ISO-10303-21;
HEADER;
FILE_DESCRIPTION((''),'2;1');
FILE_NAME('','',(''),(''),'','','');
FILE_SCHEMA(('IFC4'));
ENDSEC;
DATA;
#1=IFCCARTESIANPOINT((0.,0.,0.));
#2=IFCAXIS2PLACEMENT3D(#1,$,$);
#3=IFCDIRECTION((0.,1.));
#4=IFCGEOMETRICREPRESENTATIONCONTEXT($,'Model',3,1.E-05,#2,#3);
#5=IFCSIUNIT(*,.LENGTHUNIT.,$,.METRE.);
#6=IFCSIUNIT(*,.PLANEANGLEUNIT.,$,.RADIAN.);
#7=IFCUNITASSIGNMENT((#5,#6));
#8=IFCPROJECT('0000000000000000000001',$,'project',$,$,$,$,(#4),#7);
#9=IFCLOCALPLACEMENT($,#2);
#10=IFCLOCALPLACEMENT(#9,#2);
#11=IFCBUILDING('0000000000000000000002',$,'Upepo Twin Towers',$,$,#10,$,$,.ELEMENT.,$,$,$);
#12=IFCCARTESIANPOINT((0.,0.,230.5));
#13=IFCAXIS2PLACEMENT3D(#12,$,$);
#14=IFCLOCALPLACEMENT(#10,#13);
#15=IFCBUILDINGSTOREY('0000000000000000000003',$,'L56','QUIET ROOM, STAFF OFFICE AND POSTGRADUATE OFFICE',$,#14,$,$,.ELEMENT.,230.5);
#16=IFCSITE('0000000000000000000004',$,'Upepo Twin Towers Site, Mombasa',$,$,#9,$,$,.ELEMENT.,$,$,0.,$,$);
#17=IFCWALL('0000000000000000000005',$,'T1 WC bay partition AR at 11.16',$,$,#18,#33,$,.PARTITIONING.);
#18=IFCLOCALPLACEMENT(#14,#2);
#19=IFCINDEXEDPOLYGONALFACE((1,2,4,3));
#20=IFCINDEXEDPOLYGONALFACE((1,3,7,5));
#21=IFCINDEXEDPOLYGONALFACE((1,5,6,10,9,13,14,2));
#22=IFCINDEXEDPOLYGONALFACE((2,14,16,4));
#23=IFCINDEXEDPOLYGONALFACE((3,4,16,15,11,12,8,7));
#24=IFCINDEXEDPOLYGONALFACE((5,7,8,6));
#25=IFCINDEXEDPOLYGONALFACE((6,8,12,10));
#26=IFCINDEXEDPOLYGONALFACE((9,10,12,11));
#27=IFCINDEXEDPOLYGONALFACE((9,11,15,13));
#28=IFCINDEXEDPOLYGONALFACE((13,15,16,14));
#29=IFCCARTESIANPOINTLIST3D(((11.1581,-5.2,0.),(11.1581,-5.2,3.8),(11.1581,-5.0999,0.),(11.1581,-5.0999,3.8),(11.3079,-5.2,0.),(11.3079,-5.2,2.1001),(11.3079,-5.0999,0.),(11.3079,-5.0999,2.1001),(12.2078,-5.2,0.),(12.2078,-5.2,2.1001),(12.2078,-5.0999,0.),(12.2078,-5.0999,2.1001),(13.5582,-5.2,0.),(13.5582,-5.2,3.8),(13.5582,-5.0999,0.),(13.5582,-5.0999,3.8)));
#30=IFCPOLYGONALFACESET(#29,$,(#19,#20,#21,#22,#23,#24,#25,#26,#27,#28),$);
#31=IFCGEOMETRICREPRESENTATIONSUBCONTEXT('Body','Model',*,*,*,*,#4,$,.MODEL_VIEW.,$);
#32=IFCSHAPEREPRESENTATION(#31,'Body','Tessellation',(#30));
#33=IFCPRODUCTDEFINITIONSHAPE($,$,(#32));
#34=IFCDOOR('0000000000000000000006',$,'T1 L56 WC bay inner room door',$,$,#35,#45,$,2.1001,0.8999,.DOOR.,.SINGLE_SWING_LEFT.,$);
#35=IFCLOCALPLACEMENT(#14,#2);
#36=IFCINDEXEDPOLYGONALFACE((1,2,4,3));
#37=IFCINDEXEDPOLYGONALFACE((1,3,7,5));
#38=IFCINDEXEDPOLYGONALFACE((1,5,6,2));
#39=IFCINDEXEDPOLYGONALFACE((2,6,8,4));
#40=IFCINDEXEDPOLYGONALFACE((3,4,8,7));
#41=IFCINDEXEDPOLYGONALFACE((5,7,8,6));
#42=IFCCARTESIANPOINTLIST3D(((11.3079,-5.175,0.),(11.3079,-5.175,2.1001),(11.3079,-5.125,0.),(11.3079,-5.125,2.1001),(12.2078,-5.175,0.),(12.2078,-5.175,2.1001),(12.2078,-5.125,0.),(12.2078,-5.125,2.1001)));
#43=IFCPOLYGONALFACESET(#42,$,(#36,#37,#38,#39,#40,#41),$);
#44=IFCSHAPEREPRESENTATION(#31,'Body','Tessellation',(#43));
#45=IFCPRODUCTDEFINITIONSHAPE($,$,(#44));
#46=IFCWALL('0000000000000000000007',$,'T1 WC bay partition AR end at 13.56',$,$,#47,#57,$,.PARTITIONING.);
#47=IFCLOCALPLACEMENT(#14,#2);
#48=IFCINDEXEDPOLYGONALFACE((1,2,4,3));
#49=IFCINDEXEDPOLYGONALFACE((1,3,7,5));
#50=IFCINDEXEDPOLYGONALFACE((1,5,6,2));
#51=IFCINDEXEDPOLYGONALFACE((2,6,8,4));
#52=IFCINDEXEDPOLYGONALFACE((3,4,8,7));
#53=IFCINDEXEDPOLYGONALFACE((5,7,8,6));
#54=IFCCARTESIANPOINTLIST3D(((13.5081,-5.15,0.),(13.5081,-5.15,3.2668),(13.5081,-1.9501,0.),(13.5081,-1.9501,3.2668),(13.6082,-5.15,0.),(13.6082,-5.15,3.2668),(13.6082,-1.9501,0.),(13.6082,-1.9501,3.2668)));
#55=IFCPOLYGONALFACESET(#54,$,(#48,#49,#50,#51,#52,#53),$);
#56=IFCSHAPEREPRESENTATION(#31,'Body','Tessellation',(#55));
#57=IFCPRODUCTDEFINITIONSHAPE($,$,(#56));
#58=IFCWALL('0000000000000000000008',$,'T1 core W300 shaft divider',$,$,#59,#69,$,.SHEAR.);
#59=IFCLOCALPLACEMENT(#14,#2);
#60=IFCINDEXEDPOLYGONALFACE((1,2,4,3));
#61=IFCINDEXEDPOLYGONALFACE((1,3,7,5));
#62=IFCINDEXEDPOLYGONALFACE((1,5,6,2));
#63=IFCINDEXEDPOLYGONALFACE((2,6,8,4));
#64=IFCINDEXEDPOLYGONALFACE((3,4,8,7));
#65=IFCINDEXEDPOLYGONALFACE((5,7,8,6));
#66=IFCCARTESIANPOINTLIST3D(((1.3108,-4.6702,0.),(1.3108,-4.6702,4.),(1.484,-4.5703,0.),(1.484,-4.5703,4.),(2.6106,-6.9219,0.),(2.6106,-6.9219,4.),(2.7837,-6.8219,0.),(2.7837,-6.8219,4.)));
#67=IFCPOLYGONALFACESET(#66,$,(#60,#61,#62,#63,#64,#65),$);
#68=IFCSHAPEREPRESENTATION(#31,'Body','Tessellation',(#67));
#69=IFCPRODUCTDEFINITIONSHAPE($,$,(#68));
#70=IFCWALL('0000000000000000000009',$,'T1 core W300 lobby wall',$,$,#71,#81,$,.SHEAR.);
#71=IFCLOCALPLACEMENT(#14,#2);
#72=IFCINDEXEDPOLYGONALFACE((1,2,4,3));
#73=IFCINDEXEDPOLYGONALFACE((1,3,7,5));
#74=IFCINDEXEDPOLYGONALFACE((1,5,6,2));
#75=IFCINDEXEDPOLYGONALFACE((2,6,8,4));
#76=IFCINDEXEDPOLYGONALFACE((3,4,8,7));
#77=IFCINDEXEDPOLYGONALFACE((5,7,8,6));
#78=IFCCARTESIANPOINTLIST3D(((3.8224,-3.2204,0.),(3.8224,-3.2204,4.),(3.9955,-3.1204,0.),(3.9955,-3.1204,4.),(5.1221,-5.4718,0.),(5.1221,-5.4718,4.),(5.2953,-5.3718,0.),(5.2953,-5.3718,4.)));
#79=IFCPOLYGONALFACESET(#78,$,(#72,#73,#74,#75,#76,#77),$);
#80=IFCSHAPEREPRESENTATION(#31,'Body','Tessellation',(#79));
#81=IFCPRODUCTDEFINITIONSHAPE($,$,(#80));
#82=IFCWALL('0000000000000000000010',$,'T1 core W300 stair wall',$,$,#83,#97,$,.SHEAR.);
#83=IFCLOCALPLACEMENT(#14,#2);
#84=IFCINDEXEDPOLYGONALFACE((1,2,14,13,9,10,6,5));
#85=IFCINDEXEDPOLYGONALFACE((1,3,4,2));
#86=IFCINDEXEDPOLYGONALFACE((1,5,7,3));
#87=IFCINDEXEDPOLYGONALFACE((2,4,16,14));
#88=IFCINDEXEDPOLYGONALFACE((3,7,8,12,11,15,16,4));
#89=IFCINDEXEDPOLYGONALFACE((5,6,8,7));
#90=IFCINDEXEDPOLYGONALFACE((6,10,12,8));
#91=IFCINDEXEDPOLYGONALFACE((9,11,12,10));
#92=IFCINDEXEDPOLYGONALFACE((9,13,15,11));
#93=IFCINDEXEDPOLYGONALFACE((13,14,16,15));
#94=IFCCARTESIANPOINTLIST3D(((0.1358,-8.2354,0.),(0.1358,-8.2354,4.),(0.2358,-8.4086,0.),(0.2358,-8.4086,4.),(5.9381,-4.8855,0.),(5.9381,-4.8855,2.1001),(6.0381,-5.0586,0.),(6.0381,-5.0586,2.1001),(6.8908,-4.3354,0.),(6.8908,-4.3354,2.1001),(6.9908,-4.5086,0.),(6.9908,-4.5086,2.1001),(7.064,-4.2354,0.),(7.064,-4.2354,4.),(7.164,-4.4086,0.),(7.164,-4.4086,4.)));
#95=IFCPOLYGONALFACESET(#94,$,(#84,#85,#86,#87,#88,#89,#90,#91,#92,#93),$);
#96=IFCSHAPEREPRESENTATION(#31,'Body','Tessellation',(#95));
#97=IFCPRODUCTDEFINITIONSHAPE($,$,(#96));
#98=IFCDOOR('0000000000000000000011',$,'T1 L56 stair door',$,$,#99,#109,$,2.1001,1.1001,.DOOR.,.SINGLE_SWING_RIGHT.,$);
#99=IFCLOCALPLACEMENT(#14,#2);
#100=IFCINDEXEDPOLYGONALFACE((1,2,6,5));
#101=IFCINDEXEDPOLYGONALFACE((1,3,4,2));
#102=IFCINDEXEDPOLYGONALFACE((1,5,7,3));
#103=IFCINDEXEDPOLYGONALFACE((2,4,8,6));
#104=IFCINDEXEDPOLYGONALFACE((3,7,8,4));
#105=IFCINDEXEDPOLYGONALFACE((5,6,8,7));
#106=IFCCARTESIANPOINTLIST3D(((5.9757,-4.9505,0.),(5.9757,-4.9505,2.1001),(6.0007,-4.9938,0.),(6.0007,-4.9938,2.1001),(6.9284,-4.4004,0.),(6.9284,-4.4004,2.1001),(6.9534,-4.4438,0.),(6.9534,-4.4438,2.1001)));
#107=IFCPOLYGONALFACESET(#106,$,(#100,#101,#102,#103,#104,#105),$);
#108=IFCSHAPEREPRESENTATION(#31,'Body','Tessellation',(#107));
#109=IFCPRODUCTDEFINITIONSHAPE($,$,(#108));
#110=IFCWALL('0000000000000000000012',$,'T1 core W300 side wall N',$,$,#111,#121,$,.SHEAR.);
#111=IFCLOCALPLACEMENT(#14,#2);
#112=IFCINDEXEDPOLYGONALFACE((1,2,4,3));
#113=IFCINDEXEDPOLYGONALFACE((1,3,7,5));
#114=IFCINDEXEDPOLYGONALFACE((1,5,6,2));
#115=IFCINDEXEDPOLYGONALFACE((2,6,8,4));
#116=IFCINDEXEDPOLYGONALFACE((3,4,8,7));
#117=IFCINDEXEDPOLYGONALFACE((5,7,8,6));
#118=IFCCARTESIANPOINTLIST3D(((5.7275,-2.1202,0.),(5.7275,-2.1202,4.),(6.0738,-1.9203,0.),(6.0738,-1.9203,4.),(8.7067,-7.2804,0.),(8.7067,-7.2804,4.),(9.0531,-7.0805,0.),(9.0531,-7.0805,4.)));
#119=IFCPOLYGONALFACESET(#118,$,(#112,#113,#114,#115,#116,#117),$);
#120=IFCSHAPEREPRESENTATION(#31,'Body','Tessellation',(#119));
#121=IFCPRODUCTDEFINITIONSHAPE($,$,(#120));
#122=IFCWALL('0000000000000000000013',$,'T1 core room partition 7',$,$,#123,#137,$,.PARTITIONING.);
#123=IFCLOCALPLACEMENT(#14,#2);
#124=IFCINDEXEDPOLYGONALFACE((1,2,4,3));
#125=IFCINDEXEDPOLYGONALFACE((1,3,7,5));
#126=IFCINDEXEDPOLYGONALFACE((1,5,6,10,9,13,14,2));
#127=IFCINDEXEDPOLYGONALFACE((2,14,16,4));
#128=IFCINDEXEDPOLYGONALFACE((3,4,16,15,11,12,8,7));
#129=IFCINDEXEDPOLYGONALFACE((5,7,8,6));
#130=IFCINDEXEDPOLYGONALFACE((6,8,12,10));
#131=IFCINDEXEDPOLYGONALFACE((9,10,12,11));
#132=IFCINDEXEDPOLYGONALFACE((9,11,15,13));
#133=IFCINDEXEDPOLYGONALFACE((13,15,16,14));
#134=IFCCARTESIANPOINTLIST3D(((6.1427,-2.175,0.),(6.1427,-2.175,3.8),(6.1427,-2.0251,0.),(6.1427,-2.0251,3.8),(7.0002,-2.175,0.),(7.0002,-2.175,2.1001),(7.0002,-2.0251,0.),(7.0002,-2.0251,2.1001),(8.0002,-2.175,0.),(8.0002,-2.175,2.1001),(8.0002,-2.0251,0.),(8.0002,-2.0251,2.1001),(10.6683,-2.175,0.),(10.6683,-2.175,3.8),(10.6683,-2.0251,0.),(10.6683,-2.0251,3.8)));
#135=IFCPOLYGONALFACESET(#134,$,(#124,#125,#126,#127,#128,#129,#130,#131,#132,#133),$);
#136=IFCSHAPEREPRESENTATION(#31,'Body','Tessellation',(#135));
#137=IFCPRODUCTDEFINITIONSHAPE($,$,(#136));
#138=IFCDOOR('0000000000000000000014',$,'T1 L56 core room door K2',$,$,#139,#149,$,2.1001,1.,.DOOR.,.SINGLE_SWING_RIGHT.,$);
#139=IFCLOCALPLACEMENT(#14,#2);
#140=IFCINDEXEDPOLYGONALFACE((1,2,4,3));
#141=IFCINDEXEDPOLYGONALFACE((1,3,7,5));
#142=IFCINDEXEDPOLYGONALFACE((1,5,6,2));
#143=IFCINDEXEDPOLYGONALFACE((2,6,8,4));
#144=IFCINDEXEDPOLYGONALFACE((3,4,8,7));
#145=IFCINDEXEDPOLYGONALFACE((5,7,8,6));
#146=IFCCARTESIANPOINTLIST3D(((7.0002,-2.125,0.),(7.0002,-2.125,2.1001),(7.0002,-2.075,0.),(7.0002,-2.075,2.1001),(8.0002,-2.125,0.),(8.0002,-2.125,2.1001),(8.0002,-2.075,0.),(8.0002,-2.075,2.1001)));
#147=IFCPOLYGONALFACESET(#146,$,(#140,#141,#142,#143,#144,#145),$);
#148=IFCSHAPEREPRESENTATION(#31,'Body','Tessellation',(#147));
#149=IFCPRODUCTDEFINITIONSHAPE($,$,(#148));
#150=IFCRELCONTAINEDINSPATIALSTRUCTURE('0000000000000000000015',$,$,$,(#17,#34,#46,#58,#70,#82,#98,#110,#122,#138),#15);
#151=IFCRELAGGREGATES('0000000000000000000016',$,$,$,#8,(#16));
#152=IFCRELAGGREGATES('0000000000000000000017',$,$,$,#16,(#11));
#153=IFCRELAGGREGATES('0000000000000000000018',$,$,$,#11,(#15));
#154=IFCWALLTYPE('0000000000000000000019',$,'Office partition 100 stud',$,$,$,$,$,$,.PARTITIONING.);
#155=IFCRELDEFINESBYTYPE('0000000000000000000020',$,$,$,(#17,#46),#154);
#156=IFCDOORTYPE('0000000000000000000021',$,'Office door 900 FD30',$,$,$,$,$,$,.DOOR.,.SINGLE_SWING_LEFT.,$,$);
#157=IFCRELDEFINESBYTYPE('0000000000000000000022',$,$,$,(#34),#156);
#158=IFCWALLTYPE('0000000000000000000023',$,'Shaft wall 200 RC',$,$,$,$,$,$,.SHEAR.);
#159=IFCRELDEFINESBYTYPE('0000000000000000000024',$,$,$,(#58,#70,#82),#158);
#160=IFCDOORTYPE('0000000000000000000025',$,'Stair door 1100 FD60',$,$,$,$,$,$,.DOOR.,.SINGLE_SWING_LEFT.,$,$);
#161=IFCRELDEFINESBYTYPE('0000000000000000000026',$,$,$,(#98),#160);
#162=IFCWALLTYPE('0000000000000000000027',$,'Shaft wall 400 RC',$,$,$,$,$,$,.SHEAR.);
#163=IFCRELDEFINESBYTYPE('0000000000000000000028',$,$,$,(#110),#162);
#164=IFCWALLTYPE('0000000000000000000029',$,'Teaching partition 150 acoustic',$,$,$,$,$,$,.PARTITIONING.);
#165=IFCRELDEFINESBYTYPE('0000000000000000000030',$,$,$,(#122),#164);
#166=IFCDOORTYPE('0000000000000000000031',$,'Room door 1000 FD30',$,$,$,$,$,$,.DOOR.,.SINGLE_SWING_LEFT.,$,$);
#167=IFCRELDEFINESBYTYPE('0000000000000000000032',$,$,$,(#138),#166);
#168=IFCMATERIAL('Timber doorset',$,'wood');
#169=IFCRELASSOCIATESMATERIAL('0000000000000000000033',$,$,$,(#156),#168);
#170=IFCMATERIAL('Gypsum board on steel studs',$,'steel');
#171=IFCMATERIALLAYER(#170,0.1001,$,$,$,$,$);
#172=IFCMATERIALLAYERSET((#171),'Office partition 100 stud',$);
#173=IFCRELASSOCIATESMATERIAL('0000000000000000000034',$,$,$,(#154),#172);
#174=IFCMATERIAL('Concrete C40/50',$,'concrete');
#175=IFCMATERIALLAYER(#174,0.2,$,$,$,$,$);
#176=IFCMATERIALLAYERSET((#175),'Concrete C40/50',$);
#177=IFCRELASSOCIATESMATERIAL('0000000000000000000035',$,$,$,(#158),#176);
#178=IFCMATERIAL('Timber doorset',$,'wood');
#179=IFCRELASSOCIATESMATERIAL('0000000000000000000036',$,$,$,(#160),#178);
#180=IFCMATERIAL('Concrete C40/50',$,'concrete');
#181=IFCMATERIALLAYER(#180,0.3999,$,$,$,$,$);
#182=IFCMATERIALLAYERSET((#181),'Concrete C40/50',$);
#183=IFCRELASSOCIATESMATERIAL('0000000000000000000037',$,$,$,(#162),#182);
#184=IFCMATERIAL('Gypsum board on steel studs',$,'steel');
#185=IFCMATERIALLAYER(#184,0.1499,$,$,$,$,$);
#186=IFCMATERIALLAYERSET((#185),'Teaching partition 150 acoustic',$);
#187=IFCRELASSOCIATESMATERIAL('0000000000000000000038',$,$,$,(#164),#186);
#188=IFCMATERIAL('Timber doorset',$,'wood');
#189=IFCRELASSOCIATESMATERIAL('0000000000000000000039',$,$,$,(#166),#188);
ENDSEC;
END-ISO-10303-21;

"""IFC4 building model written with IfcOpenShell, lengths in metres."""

from ifc_helpers import new_model, si_unit, direction, frame, frame_2d, origin, place, context, subcontext, project, spatial, rectangle, extrude, material, layer, layer_set, type_object, element, fill, save


model = new_model("IFC4")

# Units and contexts
model_context = context("Model", 3, precision=1e-05, world=origin(), true_north=direction((0.0, 1.0)))
body_context = subcontext(model_context, "Body", "Model", "MODEL_VIEW")
ifc_project = project(units=[si_unit("LENGTHUNIT", "METRE"), si_unit("PLANEANGLEUNIT", "RADIAN")], contexts=[model_context])

# Site, building, storey
site_placement = place(None, origin())
site = spatial("IfcSite", under=ifc_project, at=site_placement, Name="Upepo Twin Towers Site, Mombasa", CompositionType="ELEMENT", RefElevation=0.0)
building_placement = place(site_placement, origin())
building = spatial("IfcBuilding", under=site, at=building_placement, Name="Upepo Twin Towers", CompositionType="ELEMENT")
storey_placement = place(building_placement, frame((0.0, 0.0, 230.5)))
storey = spatial("IfcBuildingStorey", under=building, at=storey_placement, Name="L56", Description="QUIET ROOM, STAFF OFFICE AND POSTGRADUATE OFFICE", CompositionType="ELEMENT", Elevation=230.5)

# Shared definitions
ifc_material_1 = material(Name="Timber doorset", Category="wood")
door_type_1 = type_object("IfcDoorType", Name="Office door 900 FD30", OperationType="SINGLE_SWING_LEFT", PredefinedType="DOOR", material=ifc_material_1)

# Shared definitions
ifc_material_2 = material(Name="Gypsum board on steel studs", Category="steel")
ifc_layer_1 = layer(ifc_material_2, 0.1001)
ifc_layer_set_1 = layer_set([ifc_layer_1], Name="Office partition 100 stud")
wall_type_1 = type_object("IfcWallType", Name="Office partition 100 stud", PredefinedType="PARTITIONING", material=ifc_layer_set_1)

# Wall, opening, door
wall_1_placement = place(storey_placement, frame((11.158, -5.1499, 0.0), z_axis=(0.0, 0.0, 1.0), x_axis=(1.0, 0.0, 0.0)))
wall_1 = element("IfcWall", 1, at=wall_1_placement, inside=storey, type_object=wall_type_1, Name="T1 WC bay partition AR at 11.16", PredefinedType="PARTITIONING", context=body_context, shape_type="SweptSolid", body=[
    extrude(rectangle(XDim=2.4001, YDim=0.1001, at=frame_2d((1.2002, 0.0))), origin(), (0.0, 0.0, 1.0), 3.8),
])
opening_1_placement = place(wall_1_placement, frame((0.1499, 0.0, 0.0)))
opening_1 = element("IfcOpeningElement", 2, at=opening_1_placement, cuts=wall_1, PredefinedType="OPENING", context=body_context, shape_type="SweptSolid", body=[
    extrude(rectangle(XDim=0.8999, YDim=2.1001, at=frame_2d((0.45, 1.05))), frame((0.0, 0.0601, 0.0), z_axis=(0.0, -1.0, 0.0), x_axis=(1.0, 0.0, 0.0)), (0.0, 0.0, 1.0), 0.1201),
])
door_1_placement = place(opening_1_placement, origin())
door_1 = element("IfcDoor", 3, at=door_1_placement, inside=storey, type_object=door_type_1, Name="T1 L56 WC bay inner room door", OperationType="SINGLE_SWING_LEFT", OverallHeight=2.1001, OverallWidth=0.8999, PredefinedType="DOOR", context=body_context, shape_type="SweptSolid", body=[
    extrude(rectangle(XDim=0.8999, YDim=2.1001, at=frame_2d((0.45, 1.05))), frame((0.0, 0.0249, 0.0), z_axis=(0.0, -1.0, 0.0), x_axis=(1.0, 0.0, 0.0)), (0.0, 0.0, 1.0), 0.05),
])
fill(opening_1, door_1)

# Walls
wall_2_placement = place(storey_placement, frame((13.5581, -1.95, 0.0), z_axis=(0.0, 0.0, 1.0), x_axis=(0.0, -1.0, 0.0)))
element("IfcWall", 4, at=wall_2_placement, inside=storey, type_object=wall_type_1, Name="T1 WC bay partition AR end at 13.56", PredefinedType="PARTITIONING", context=body_context, shape_type="SweptSolid", body=[
    extrude(rectangle(XDim=3.2, YDim=0.1001, at=frame_2d((1.6001, 0.0))), origin(), (0.0, 0.0, 1.0), 3.2668),
])
ifc_material_3 = material(Name="Concrete C40/50", Category="concrete")
ifc_layer_2 = layer(ifc_material_3, 0.2)
ifc_layer_set_2 = layer_set([ifc_layer_2], Name="Concrete C40/50")
wall_type_2 = type_object("IfcWallType", Name="Shaft wall 200 RC", PredefinedType="SHEAR", material=ifc_layer_set_2)
wall_3_placement = place(storey_placement, frame((1.3975, -4.6204, 0.0), z_axis=(0.0, 0.0, 1.0), x_axis=(0.499937, -0.866062, 0.0)))
element("IfcWall", 5, at=wall_3_placement, inside=storey, type_object=wall_type_2, Name="T1 core W300 shaft divider", PredefinedType="SHEAR", context=body_context, shape_type="SweptSolid", body=[
    extrude(rectangle(XDim=2.5999, YDim=0.2, at=frame_2d((1.2998, 0.0))), origin(), (0.0, 0.0, 1.0), 4.0),
])
wall_4_placement = place(storey_placement, frame((3.9089, -3.1704, 0.0), z_axis=(0.0, 0.0, 1.0), x_axis=(0.499977, -0.866039, 0.0)))
element("IfcWall", 6, at=wall_4_placement, inside=storey, type_object=wall_type_2, Name="T1 core W300 lobby wall", PredefinedType="SHEAR", context=body_context, shape_type="SweptSolid", body=[
    extrude(rectangle(XDim=2.5996, YDim=0.2, at=frame_2d((1.2998, 0.0))), origin(), (0.0, 0.0, 1.0), 4.0),
])

# Wall, opening, door
wall_5_placement = place(storey_placement, frame((0.1858, -8.322, 0.0), z_axis=(0.0, 0.0, 1.0), x_axis=(0.866026, 0.499999, 0.0)))
wall_5 = element("IfcWall", 7, at=wall_5_placement, inside=storey, type_object=wall_type_2, Name="T1 core W300 stair wall", PredefinedType="SHEAR", context=body_context, shape_type="SweptSolid", body=[
    extrude(rectangle(XDim=8.0, YDim=0.2, at=frame_2d((4.0, 0.0))), origin(), (0.0, 0.0, 1.0), 4.0),
])
opening_2_placement = place(wall_5_placement, frame((6.7, 0.0, 0.0)))
opening_2 = element("IfcOpeningElement", 8, at=opening_2_placement, cuts=wall_5, PredefinedType="OPENING", context=body_context, shape_type="SweptSolid", body=[
    extrude(rectangle(XDim=1.1001, YDim=2.1001, at=frame_2d((0.55, 1.05))), frame((0.0, 0.1099, 0.0), z_axis=(0.0, -1.0, 0.0), x_axis=(1.0, 0.0, 0.0)), (0.0, 0.0, 1.0), 0.22),
])
ifc_material_4 = material(Name="Timber doorset", Category="wood")
door_type_2 = type_object("IfcDoorType", Name="Stair door 1100 FD60", OperationType="SINGLE_SWING_LEFT", PredefinedType="DOOR", material=ifc_material_4)
door_2_placement = place(opening_2_placement, origin())
door_2 = element("IfcDoor", 9, at=door_2_placement, inside=storey, type_object=door_type_2, Name="T1 L56 stair door", OperationType="SINGLE_SWING_RIGHT", OverallHeight=2.1001, OverallWidth=1.1001, PredefinedType="DOOR", context=body_context, shape_type="SweptSolid", body=[
    extrude(rectangle(XDim=1.1001, YDim=2.1001, at=frame_2d((0.55, 1.05))), frame((0.0, 0.0249, 0.0), z_axis=(0.0, -1.0, 0.0), x_axis=(1.0, 0.0, 0.0)), (0.0, 0.0, 1.0), 0.05),
])
fill(opening_2, door_2)

# Wall
ifc_material_5 = material(Name="Concrete C40/50", Category="concrete")
ifc_layer_3 = layer(ifc_material_5, 0.3999)
ifc_layer_set_3 = layer_set([ifc_layer_3], Name="Concrete C40/50")
wall_type_3 = type_object("IfcWallType", Name="Shaft wall 400 RC", PredefinedType="SHEAR", material=ifc_layer_set_3)
wall_6_placement = place(storey_placement, frame((5.9006, -2.0203, 0.0), z_axis=(0.0, 0.0, 1.0), x_axis=(0.500004, -0.866023, 0.0)))
element("IfcWall", 10, at=wall_6_placement, inside=storey, type_object=wall_type_3, Name="T1 core W300 side wall N", PredefinedType="SHEAR", context=body_context, shape_type="SweptSolid", body=[
    extrude(rectangle(XDim=5.9585, YDim=0.3999, at=frame_2d((2.9792, 0.0))), origin(), (0.0, 0.0, 1.0), 4.0),
])

# Wall, opening, door
ifc_material_6 = material(Name="Gypsum board on steel studs", Category="steel")
ifc_layer_4 = layer(ifc_material_6, 0.1499)
ifc_layer_set_4 = layer_set([ifc_layer_4], Name="Teaching partition 150 acoustic")
wall_type_4 = type_object("IfcWallType", Name="Teaching partition 150 acoustic", PredefinedType="PARTITIONING", material=ifc_layer_set_4)
wall_7_placement = place(storey_placement, frame((10.6682, -2.1001, 0.0), z_axis=(0.0, 0.0, 1.0), x_axis=(-1.0, 0.0, 0.0)))
wall_7 = element("IfcWall", 11, at=wall_7_placement, inside=storey, type_object=wall_type_4, Name="T1 core room partition 7", PredefinedType="PARTITIONING", context=body_context, shape_type="SweptSolid", body=[
    extrude(rectangle(XDim=4.5256, YDim=0.1499, at=frame_2d((2.2627, 0.0))), origin(), (0.0, 0.0, 1.0), 3.8),
])
opening_3_placement = place(wall_7_placement, frame((2.668, 0.0, 0.0)))
opening_3 = element("IfcOpeningElement", 12, at=opening_3_placement, cuts=wall_7, PredefinedType="OPENING", context=body_context, shape_type="SweptSolid", body=[
    extrude(rectangle(XDim=1.0, YDim=2.1001, at=frame_2d((0.5, 1.05))), frame((0.0, 0.085, 0.0), z_axis=(0.0, -1.0, 0.0), x_axis=(1.0, 0.0, 0.0)), (0.0, 0.0, 1.0), 0.1699),
])
ifc_material_7 = material(Name="Timber doorset", Category="wood")
door_type_3 = type_object("IfcDoorType", Name="Room door 1000 FD30", OperationType="SINGLE_SWING_LEFT", PredefinedType="DOOR", material=ifc_material_7)
door_3_placement = place(opening_3_placement, origin())
door_3 = element("IfcDoor", 13, at=door_3_placement, inside=storey, type_object=door_type_3, Name="T1 L56 core room door K2", OperationType="SINGLE_SWING_RIGHT", OverallHeight=2.1001, OverallWidth=1.0, PredefinedType="DOOR", context=body_context, shape_type="SweptSolid", body=[
    extrude(rectangle(XDim=1.0, YDim=2.1001, at=frame_2d((0.5, 1.05))), frame((0.0, 0.0249, 0.0), z_axis=(0.0, -1.0, 0.0), x_axis=(1.0, 0.0, 0.0)), (0.0, 0.0, 1.0), 0.05),
])
fill(opening_3, door_3)

save(model, "model.ifc")
